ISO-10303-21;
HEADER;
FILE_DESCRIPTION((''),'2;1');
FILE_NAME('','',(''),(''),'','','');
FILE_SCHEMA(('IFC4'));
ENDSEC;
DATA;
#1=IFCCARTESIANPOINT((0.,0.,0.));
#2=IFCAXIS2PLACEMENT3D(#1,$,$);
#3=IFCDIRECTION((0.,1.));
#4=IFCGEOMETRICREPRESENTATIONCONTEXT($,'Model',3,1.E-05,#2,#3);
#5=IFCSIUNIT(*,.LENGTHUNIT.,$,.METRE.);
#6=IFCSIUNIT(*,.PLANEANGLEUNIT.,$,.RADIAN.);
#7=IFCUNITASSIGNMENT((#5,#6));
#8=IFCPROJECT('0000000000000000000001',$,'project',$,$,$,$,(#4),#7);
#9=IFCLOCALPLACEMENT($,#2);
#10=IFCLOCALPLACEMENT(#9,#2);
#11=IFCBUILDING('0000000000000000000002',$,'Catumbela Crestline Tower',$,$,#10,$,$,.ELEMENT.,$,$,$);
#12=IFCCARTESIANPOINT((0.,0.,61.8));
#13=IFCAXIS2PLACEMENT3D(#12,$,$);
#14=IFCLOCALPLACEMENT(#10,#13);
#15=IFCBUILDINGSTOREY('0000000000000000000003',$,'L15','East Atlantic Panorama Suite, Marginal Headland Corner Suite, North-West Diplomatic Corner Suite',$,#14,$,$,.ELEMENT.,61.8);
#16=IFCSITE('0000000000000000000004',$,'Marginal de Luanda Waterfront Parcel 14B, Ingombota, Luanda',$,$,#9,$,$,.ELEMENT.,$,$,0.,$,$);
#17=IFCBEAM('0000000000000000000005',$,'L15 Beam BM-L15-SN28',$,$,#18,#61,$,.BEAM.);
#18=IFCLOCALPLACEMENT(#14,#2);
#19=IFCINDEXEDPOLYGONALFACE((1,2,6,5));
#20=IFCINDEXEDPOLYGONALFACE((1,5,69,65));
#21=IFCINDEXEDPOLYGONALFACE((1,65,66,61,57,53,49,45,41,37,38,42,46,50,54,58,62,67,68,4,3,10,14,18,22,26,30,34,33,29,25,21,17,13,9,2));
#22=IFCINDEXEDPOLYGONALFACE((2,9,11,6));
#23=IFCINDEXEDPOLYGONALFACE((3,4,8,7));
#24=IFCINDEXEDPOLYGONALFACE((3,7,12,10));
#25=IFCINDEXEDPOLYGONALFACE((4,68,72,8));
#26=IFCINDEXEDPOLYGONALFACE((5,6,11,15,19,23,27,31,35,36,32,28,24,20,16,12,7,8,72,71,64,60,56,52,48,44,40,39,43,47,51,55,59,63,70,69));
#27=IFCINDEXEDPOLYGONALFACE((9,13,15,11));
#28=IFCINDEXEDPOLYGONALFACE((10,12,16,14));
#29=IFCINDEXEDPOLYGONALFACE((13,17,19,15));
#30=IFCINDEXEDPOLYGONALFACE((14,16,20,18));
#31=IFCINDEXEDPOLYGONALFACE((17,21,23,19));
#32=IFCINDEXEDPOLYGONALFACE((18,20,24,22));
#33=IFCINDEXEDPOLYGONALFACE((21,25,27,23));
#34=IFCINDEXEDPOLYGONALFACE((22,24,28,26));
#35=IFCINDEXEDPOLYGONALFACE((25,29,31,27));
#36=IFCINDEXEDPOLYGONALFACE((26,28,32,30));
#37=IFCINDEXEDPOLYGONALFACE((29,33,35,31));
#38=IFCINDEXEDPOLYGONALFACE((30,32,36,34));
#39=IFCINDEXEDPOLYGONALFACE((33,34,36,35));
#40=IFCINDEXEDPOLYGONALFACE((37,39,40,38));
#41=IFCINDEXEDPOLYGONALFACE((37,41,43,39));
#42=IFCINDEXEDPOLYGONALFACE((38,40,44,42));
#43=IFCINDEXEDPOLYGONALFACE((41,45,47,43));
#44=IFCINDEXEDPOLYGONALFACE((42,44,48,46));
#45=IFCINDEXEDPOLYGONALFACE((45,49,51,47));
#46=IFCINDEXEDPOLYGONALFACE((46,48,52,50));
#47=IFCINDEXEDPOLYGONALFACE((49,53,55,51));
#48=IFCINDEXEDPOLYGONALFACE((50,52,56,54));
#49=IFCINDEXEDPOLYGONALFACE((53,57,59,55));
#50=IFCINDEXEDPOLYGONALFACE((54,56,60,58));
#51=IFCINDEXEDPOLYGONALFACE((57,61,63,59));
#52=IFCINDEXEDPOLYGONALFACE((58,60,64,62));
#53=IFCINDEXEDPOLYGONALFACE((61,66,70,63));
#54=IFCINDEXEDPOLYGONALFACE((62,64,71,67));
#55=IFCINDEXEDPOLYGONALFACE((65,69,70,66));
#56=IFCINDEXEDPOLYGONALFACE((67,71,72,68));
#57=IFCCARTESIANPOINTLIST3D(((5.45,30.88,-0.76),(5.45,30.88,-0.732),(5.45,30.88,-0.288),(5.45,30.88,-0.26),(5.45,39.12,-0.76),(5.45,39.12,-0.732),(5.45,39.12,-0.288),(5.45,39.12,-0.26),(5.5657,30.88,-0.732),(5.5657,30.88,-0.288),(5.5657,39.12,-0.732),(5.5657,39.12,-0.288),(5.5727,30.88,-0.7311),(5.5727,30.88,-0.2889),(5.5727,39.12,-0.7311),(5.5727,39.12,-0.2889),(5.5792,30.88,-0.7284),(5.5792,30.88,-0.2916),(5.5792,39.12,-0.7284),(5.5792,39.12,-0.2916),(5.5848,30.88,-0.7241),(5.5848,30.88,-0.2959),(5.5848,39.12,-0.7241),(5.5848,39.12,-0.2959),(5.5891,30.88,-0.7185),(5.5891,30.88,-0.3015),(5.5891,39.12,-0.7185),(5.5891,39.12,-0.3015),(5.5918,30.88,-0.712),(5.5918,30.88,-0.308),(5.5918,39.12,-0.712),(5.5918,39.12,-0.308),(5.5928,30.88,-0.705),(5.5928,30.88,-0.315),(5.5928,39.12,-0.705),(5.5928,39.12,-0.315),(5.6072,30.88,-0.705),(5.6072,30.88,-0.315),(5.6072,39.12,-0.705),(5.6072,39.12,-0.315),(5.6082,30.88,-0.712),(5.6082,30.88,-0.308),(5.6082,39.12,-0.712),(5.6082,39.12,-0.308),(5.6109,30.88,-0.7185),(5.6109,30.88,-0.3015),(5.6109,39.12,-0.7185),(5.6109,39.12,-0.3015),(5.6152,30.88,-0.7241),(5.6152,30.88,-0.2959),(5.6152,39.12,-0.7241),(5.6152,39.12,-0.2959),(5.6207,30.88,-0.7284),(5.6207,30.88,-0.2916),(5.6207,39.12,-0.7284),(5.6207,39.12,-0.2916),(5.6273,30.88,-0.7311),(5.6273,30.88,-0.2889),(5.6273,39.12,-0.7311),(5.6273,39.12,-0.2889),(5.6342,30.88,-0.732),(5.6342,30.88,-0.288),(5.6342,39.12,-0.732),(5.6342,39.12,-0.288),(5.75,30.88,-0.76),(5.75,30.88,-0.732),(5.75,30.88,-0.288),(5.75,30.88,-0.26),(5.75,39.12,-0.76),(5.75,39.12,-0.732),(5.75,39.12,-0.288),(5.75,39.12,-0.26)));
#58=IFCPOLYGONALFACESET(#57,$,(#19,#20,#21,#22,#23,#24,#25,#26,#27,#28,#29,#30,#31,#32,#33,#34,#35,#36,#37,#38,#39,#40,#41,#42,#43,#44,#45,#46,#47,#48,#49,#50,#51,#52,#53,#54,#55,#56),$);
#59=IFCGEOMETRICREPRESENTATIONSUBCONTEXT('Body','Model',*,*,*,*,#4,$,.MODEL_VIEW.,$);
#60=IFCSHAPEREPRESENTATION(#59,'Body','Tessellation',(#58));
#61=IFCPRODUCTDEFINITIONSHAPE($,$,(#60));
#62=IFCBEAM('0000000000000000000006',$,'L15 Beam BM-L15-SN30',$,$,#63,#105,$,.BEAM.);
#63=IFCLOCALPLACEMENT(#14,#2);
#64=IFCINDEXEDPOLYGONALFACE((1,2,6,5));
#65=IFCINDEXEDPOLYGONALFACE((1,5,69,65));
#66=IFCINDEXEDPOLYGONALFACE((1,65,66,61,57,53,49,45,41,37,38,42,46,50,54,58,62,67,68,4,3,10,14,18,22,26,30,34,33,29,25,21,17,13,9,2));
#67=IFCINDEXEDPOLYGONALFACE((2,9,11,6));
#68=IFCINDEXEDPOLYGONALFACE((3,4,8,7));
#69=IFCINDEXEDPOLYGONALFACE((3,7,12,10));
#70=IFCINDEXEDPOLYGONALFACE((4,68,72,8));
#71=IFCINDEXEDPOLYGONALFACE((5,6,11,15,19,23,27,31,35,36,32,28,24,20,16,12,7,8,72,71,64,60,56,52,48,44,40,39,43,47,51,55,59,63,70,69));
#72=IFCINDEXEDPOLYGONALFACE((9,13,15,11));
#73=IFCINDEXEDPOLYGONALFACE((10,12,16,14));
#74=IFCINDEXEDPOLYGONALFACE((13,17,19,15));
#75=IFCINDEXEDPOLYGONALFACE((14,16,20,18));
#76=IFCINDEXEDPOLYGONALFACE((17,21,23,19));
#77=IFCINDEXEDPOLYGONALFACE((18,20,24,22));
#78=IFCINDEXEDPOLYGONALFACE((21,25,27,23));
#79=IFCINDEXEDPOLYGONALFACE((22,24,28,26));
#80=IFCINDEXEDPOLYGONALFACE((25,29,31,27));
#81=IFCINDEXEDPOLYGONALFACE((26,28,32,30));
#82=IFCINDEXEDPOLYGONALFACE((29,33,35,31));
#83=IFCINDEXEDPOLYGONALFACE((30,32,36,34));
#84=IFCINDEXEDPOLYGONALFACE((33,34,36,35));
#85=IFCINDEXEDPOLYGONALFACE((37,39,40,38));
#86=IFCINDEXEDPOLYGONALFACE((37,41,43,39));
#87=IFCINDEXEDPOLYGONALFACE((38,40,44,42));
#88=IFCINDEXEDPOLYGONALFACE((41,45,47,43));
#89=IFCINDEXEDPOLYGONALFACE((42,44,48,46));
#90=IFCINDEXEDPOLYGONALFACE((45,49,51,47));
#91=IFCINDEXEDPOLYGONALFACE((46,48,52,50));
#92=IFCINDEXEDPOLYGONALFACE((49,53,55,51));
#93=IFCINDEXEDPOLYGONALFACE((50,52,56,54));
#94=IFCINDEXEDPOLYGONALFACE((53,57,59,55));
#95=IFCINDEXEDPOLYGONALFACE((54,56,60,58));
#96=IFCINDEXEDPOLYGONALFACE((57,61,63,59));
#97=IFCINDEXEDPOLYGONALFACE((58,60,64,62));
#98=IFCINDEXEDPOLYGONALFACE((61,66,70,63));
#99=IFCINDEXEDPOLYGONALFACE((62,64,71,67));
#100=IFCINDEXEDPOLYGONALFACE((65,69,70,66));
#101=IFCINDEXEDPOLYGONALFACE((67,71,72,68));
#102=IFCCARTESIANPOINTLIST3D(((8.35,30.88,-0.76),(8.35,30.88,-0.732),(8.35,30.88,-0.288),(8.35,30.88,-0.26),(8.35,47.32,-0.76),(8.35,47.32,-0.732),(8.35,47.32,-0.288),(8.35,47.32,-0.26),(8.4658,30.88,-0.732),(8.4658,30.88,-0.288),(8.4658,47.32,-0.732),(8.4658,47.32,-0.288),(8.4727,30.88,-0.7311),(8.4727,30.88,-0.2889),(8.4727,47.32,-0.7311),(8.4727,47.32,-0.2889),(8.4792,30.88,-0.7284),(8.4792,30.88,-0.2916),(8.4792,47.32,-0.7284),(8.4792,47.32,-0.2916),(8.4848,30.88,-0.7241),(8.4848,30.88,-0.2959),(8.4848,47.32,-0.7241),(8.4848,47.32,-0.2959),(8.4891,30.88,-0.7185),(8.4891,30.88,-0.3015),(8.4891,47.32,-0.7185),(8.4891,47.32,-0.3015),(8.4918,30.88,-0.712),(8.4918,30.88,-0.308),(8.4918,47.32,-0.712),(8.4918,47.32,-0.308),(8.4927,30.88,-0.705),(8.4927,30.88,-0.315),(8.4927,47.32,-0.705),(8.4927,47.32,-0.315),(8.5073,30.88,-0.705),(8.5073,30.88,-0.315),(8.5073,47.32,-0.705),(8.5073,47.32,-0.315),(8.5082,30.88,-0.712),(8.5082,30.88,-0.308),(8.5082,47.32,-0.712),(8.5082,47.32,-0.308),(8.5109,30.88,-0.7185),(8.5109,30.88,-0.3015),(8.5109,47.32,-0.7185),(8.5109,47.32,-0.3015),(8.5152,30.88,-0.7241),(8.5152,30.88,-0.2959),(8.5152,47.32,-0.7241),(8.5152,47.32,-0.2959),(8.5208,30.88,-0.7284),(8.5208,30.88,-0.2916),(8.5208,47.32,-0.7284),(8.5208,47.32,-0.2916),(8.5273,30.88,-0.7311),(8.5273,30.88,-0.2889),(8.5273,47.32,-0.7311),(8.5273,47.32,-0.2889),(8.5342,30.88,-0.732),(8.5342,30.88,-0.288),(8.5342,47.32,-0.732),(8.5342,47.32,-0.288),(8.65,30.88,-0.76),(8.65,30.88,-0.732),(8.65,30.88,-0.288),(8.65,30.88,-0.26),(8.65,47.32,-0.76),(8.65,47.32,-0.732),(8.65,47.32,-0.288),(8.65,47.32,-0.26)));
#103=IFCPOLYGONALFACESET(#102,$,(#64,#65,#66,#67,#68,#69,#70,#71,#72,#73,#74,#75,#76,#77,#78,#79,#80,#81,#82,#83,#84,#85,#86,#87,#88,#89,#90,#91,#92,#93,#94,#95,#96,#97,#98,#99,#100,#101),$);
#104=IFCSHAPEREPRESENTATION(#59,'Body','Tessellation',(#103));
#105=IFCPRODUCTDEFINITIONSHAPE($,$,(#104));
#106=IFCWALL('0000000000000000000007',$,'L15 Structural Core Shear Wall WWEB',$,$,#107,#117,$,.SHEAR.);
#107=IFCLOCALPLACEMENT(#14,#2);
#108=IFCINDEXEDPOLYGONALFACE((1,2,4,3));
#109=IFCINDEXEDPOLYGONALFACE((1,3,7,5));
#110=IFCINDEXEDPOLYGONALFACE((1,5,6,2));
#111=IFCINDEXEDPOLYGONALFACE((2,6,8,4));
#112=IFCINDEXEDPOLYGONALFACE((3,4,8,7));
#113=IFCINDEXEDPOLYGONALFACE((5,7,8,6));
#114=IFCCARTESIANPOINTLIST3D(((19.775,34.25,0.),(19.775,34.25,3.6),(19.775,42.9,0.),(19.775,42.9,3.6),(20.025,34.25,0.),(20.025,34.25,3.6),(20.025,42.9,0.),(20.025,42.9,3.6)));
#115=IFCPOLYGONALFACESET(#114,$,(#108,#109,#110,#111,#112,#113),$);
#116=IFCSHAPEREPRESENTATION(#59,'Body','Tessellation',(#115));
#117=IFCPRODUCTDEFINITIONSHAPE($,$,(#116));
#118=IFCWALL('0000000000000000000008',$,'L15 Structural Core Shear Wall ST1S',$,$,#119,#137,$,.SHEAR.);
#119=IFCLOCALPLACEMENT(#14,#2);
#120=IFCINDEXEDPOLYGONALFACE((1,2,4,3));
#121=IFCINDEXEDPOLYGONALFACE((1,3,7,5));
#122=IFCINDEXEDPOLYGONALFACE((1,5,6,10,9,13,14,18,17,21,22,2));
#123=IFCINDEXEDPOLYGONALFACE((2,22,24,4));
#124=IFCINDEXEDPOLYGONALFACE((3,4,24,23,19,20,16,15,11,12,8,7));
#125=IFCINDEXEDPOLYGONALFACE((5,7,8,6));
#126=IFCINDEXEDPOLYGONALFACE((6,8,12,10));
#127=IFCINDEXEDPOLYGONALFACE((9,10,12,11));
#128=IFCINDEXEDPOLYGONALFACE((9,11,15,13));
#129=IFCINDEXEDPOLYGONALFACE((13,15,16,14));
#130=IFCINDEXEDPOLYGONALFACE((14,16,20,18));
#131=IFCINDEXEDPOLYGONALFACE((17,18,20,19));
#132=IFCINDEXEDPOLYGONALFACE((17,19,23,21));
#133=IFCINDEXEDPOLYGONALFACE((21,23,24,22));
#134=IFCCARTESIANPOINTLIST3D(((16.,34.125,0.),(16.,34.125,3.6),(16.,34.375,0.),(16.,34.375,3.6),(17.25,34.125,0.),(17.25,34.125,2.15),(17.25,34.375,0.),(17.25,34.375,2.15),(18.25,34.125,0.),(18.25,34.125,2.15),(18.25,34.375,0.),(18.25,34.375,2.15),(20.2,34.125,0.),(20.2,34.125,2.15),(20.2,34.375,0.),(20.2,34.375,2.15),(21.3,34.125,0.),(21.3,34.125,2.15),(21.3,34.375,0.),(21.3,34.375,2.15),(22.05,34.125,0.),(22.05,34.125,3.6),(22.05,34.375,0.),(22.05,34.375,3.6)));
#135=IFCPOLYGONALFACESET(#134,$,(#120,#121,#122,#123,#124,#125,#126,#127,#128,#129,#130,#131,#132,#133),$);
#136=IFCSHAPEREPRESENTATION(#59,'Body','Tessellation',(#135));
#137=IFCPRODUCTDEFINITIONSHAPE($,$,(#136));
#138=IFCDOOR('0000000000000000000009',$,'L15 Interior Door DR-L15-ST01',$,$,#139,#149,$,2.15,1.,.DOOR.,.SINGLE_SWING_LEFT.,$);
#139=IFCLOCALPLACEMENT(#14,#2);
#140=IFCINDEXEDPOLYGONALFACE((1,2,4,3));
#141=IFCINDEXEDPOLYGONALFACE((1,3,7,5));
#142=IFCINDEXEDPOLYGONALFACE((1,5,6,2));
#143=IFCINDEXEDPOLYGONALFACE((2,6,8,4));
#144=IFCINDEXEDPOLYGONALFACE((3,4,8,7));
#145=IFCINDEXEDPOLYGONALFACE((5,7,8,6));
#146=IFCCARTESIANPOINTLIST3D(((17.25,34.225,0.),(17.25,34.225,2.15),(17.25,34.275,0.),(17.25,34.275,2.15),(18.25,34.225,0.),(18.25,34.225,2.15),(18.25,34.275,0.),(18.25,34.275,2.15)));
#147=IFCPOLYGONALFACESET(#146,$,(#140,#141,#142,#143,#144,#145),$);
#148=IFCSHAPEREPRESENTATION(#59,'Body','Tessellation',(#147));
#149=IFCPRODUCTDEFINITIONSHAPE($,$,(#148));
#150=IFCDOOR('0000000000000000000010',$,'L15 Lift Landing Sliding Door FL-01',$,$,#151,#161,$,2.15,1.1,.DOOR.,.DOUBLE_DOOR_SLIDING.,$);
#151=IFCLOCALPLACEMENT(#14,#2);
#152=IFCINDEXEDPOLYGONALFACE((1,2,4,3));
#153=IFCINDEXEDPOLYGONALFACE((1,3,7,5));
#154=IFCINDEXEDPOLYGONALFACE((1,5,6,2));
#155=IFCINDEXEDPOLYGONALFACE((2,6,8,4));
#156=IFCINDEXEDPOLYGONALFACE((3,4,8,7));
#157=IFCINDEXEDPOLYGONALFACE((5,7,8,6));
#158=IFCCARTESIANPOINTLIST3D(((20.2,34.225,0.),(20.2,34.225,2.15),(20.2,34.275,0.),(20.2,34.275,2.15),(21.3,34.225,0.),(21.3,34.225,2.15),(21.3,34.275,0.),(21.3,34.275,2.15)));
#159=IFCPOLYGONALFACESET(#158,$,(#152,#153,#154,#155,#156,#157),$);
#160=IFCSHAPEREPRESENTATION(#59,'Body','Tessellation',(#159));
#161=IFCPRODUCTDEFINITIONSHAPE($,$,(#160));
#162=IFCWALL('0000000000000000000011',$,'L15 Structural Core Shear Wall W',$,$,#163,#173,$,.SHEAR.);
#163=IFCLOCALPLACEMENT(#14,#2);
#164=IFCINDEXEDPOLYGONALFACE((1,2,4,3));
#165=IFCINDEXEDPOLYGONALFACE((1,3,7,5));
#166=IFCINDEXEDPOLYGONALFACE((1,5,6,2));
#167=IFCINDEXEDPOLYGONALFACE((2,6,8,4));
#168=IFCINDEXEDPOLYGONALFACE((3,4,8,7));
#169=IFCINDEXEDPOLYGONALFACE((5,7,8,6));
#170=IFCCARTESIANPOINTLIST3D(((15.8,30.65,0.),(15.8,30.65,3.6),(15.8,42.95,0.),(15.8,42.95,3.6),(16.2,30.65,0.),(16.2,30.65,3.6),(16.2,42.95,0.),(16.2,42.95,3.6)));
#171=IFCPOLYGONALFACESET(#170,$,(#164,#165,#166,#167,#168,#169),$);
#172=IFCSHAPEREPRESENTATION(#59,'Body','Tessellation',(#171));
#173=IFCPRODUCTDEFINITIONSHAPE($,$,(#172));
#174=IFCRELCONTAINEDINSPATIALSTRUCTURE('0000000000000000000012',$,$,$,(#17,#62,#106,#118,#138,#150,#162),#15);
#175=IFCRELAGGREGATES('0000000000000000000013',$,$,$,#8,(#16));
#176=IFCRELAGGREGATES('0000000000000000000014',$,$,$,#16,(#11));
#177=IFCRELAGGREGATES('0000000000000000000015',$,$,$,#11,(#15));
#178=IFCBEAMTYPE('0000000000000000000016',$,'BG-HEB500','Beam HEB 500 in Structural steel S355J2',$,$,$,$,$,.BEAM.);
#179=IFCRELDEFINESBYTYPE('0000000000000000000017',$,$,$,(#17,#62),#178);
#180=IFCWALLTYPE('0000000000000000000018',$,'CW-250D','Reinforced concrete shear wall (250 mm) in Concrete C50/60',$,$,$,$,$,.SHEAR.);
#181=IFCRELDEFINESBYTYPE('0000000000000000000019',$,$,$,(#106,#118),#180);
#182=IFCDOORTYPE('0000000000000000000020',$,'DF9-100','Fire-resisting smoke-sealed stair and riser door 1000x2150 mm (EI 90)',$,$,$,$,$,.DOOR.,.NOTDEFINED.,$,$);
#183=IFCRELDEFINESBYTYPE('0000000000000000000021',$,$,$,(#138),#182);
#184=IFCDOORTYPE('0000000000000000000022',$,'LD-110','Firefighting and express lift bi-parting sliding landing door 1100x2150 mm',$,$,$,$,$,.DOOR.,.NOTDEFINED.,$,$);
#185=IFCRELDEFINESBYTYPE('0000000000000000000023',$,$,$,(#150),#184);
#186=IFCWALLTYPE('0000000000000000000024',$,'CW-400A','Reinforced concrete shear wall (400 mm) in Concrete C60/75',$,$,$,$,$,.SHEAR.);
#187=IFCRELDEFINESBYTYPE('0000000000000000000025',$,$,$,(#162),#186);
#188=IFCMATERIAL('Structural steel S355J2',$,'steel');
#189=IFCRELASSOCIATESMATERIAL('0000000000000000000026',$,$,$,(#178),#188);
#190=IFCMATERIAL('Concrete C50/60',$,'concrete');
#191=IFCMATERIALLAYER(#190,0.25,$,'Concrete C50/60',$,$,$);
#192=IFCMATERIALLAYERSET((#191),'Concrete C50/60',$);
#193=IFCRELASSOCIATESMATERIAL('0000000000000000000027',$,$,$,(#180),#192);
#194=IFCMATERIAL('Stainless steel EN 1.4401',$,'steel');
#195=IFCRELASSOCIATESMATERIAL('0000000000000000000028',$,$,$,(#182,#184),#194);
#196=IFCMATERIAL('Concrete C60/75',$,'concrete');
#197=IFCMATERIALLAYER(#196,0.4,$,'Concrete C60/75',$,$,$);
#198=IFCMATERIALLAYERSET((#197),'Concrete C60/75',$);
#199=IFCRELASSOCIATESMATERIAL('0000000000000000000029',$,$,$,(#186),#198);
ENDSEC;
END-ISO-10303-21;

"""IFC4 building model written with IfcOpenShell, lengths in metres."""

from ifc_helpers import new_model, si_unit, direction, frame, frame_2d, origin, origin_2d, place, context, subcontext, project, spatial, rectangle, i_section, extrude, material, layer, layer_set, material_profile, profile_set, type_object, element, fill, save


model = new_model("IFC4")

# Units and contexts
model_context = context("Model", 3, precision=1e-05, world=origin(), true_north=direction((0.0, 1.0)))
body_context = subcontext(model_context, "Body", "Model", "MODEL_VIEW")
ifc_project = project(units=[si_unit("LENGTHUNIT", "METRE"), si_unit("PLANEANGLEUNIT", "RADIAN")], contexts=[model_context])

# Site, building, storey
site_placement = place(None, origin())
site = spatial("IfcSite", under=ifc_project, at=site_placement, Name="Marginal de Luanda Waterfront Parcel 14B, Ingombota, Luanda", CompositionType="ELEMENT", RefElevation=0.0)
building_placement = place(site_placement, origin())
building = spatial("IfcBuilding", under=site, at=building_placement, Name="Catumbela Crestline Tower", CompositionType="ELEMENT")
storey_placement = place(building_placement, frame((0.0, 0.0, 61.8)))
storey = spatial("IfcBuildingStorey", under=building, at=storey_placement, Name="L15", Description="East Atlantic Panorama Suite, Marginal Headland Corner Suite, North-West Diplomatic Corner Suite", CompositionType="ELEMENT", Elevation=61.8)

# Beams
ifc_material_1 = material(Name="Structural steel S355J2", Category="steel")
ifc_material_profile_1 = material_profile(ifc_material_1, i_section(OverallWidth=0.3, OverallDepth=0.5, WebThickness=0.0145, FlangeThickness=0.028, FilletRadius=0.027, at=origin_2d()), Name="HEB 500")
ifc_profile_set_1 = profile_set([ifc_material_profile_1], Name="Structural steel S355J2")
beam_type = type_object("IfcBeamType", Name="BG-HEB500", Description="Beam HEB 500 in Structural steel S355J2", PredefinedType="BEAM", material=ifc_profile_set_1)
beam_1_placement = place(storey_placement, frame((5.6, 30.88, -0.51), z_axis=(0.0, 1.0, 0.0), x_axis=(-1.0, 0.0, 0.0)))
element("IfcBeam", 1, at=beam_1_placement, inside=storey, type_object=beam_type, Name="L15 Beam BM-L15-SN28", PredefinedType="BEAM", context=body_context, shape_type="SweptSolid", body=[
    extrude(i_section(OverallWidth=0.3, OverallDepth=0.5, WebThickness=0.0145, FlangeThickness=0.028, FilletRadius=0.027, at=origin_2d()), origin(), (0.0, 0.0, 1.0), 8.24),
])
beam_2_placement = place(storey_placement, frame((8.5, 30.88, -0.51), z_axis=(0.0, 1.0, 0.0), x_axis=(-1.0, 0.0, 0.0)))
element("IfcBeam", 2, at=beam_2_placement, inside=storey, type_object=beam_type, Name="L15 Beam BM-L15-SN30", PredefinedType="BEAM", context=body_context, shape_type="SweptSolid", body=[
    extrude(i_section(OverallWidth=0.3, OverallDepth=0.5, WebThickness=0.0145, FlangeThickness=0.028, FilletRadius=0.027, at=origin_2d()), origin(), (0.0, 0.0, 1.0), 16.44),
])

# Wall
ifc_material_2 = material(Name="Concrete C50/60", Category="concrete")
ifc_layer_1 = layer(ifc_material_2, 0.25, Name="Concrete C50/60")
ifc_layer_set_1 = layer_set([ifc_layer_1], Name="Concrete C50/60")
wall_type_1 = type_object("IfcWallType", Name="CW-250D", Description="Reinforced concrete shear wall (250 mm) in Concrete C50/60", PredefinedType="SHEAR", material=ifc_layer_set_1)
wall_1_placement = place(storey_placement, frame((19.9, 34.25, 0.0), z_axis=(0.0, 0.0, 1.0), x_axis=(0.0, 1.0, 0.0)))
element("IfcWall", 3, at=wall_1_placement, inside=storey, type_object=wall_type_1, Name="L15 Structural Core Shear Wall WWEB", PredefinedType="SHEAR", context=body_context, shape_type="SweptSolid", body=[
    extrude(rectangle(XDim=8.65, YDim=0.25, at=frame_2d((4.325, 0.0))), origin(), (0.0, 0.0, 1.0), 3.6),
])

# Wall, openings, doors
wall_2_placement = place(storey_placement, frame((16.0, 34.25, 0.0), z_axis=(0.0, 0.0, 1.0), x_axis=(1.0, 0.0, 0.0)))
wall_2 = element("IfcWall", 4, at=wall_2_placement, inside=storey, type_object=wall_type_1, Name="L15 Structural Core Shear Wall ST1S", PredefinedType="SHEAR", context=body_context, shape_type="SweptSolid", body=[
    extrude(rectangle(XDim=6.05, YDim=0.25, at=frame_2d((3.025, 0.0))), origin(), (0.0, 0.0, 1.0), 3.6),
])
opening_1_placement = place(wall_2_placement, frame((1.25, 0.0, 0.0)))
opening_1 = element("IfcOpeningElement", 5, at=opening_1_placement, cuts=wall_2, PredefinedType="OPENING", context=body_context, shape_type="SweptSolid", body=[
    extrude(rectangle(XDim=1.0, YDim=2.15, at=frame_2d((0.5, 1.075))), frame((0.0, 0.135, 0.0), z_axis=(0.0, -1.0, 0.0), x_axis=(1.0, 0.0, 0.0)), (0.0, 0.0, 1.0), 0.27),
])
opening_2_placement = place(wall_2_placement, frame((4.2, 0.0, 0.0)))
opening_2 = element("IfcOpeningElement", 6, at=opening_2_placement, cuts=wall_2, PredefinedType="OPENING", context=body_context, shape_type="SweptSolid", body=[
    extrude(rectangle(XDim=1.1, YDim=2.15, at=frame_2d((0.55, 1.075))), frame((0.0, 0.135, 0.0), z_axis=(0.0, -1.0, 0.0), x_axis=(1.0, 0.0, 0.0)), (0.0, 0.0, 1.0), 0.27),
])
ifc_material_3 = material(Name="Stainless steel EN 1.4401", Category="steel")
door_type_1 = type_object("IfcDoorType", Name="DF9-100", Description="Fire-resisting smoke-sealed stair and riser door 1000x2150 mm (EI 90)", OperationType="NOTDEFINED", PredefinedType="DOOR", material=ifc_material_3)
door_1_placement = place(opening_1_placement, origin())
door_1 = element("IfcDoor", 7, at=door_1_placement, inside=storey, type_object=door_type_1, Name="L15 Interior Door DR-L15-ST01", OperationType="SINGLE_SWING_LEFT", OverallHeight=2.15, OverallWidth=1.0, PredefinedType="DOOR", context=body_context, shape_type="SweptSolid", body=[
    extrude(rectangle(XDim=1.0, YDim=2.15, at=frame_2d((0.5, 1.075))), frame((0.0, 0.025, 0.0), z_axis=(0.0, -1.0, 0.0), x_axis=(1.0, 0.0, 0.0)), (0.0, 0.0, 1.0), 0.05),
])
fill(opening_1, door_1)
door_type_2 = type_object("IfcDoorType", Name="LD-110", Description="Firefighting and express lift bi-parting sliding landing door 1100x2150 mm", OperationType="NOTDEFINED", PredefinedType="DOOR", material=ifc_material_3)
door_2_placement = place(opening_2_placement, origin())
door_2 = element("IfcDoor", 8, at=door_2_placement, inside=storey, type_object=door_type_2, Name="L15 Lift Landing Sliding Door FL-01", OperationType="DOUBLE_DOOR_SLIDING", OverallHeight=2.15, OverallWidth=1.1, PredefinedType="DOOR", context=body_context, shape_type="SweptSolid", body=[
    extrude(rectangle(XDim=1.1, YDim=2.15, at=frame_2d((0.55, 1.075))), frame((0.0, 0.025, 0.0), z_axis=(0.0, -1.0, 0.0), x_axis=(1.0, 0.0, 0.0)), (0.0, 0.0, 1.0), 0.05),
])
fill(opening_2, door_2)

# Wall
ifc_material_4 = material(Name="Concrete C60/75", Category="concrete")
ifc_layer_2 = layer(ifc_material_4, 0.4, Name="Concrete C60/75")
ifc_layer_set_2 = layer_set([ifc_layer_2], Name="Concrete C60/75")
wall_type_2 = type_object("IfcWallType", Name="CW-400A", Description="Reinforced concrete shear wall (400 mm) in Concrete C60/75", PredefinedType="SHEAR", material=ifc_layer_set_2)
wall_3_placement = place(storey_placement, frame((16.0, 30.65, 0.0), z_axis=(0.0, 0.0, 1.0), x_axis=(0.0, 1.0, 0.0)))
element("IfcWall", 9, at=wall_3_placement, inside=storey, type_object=wall_type_2, Name="L15 Structural Core Shear Wall W", PredefinedType="SHEAR", context=body_context, shape_type="SweptSolid", body=[
    extrude(rectangle(XDim=12.3, YDim=0.4, at=frame_2d((6.15, 0.0))), origin(), (0.0, 0.0, 1.0), 3.6),
])

save(model, "model.ifc")
